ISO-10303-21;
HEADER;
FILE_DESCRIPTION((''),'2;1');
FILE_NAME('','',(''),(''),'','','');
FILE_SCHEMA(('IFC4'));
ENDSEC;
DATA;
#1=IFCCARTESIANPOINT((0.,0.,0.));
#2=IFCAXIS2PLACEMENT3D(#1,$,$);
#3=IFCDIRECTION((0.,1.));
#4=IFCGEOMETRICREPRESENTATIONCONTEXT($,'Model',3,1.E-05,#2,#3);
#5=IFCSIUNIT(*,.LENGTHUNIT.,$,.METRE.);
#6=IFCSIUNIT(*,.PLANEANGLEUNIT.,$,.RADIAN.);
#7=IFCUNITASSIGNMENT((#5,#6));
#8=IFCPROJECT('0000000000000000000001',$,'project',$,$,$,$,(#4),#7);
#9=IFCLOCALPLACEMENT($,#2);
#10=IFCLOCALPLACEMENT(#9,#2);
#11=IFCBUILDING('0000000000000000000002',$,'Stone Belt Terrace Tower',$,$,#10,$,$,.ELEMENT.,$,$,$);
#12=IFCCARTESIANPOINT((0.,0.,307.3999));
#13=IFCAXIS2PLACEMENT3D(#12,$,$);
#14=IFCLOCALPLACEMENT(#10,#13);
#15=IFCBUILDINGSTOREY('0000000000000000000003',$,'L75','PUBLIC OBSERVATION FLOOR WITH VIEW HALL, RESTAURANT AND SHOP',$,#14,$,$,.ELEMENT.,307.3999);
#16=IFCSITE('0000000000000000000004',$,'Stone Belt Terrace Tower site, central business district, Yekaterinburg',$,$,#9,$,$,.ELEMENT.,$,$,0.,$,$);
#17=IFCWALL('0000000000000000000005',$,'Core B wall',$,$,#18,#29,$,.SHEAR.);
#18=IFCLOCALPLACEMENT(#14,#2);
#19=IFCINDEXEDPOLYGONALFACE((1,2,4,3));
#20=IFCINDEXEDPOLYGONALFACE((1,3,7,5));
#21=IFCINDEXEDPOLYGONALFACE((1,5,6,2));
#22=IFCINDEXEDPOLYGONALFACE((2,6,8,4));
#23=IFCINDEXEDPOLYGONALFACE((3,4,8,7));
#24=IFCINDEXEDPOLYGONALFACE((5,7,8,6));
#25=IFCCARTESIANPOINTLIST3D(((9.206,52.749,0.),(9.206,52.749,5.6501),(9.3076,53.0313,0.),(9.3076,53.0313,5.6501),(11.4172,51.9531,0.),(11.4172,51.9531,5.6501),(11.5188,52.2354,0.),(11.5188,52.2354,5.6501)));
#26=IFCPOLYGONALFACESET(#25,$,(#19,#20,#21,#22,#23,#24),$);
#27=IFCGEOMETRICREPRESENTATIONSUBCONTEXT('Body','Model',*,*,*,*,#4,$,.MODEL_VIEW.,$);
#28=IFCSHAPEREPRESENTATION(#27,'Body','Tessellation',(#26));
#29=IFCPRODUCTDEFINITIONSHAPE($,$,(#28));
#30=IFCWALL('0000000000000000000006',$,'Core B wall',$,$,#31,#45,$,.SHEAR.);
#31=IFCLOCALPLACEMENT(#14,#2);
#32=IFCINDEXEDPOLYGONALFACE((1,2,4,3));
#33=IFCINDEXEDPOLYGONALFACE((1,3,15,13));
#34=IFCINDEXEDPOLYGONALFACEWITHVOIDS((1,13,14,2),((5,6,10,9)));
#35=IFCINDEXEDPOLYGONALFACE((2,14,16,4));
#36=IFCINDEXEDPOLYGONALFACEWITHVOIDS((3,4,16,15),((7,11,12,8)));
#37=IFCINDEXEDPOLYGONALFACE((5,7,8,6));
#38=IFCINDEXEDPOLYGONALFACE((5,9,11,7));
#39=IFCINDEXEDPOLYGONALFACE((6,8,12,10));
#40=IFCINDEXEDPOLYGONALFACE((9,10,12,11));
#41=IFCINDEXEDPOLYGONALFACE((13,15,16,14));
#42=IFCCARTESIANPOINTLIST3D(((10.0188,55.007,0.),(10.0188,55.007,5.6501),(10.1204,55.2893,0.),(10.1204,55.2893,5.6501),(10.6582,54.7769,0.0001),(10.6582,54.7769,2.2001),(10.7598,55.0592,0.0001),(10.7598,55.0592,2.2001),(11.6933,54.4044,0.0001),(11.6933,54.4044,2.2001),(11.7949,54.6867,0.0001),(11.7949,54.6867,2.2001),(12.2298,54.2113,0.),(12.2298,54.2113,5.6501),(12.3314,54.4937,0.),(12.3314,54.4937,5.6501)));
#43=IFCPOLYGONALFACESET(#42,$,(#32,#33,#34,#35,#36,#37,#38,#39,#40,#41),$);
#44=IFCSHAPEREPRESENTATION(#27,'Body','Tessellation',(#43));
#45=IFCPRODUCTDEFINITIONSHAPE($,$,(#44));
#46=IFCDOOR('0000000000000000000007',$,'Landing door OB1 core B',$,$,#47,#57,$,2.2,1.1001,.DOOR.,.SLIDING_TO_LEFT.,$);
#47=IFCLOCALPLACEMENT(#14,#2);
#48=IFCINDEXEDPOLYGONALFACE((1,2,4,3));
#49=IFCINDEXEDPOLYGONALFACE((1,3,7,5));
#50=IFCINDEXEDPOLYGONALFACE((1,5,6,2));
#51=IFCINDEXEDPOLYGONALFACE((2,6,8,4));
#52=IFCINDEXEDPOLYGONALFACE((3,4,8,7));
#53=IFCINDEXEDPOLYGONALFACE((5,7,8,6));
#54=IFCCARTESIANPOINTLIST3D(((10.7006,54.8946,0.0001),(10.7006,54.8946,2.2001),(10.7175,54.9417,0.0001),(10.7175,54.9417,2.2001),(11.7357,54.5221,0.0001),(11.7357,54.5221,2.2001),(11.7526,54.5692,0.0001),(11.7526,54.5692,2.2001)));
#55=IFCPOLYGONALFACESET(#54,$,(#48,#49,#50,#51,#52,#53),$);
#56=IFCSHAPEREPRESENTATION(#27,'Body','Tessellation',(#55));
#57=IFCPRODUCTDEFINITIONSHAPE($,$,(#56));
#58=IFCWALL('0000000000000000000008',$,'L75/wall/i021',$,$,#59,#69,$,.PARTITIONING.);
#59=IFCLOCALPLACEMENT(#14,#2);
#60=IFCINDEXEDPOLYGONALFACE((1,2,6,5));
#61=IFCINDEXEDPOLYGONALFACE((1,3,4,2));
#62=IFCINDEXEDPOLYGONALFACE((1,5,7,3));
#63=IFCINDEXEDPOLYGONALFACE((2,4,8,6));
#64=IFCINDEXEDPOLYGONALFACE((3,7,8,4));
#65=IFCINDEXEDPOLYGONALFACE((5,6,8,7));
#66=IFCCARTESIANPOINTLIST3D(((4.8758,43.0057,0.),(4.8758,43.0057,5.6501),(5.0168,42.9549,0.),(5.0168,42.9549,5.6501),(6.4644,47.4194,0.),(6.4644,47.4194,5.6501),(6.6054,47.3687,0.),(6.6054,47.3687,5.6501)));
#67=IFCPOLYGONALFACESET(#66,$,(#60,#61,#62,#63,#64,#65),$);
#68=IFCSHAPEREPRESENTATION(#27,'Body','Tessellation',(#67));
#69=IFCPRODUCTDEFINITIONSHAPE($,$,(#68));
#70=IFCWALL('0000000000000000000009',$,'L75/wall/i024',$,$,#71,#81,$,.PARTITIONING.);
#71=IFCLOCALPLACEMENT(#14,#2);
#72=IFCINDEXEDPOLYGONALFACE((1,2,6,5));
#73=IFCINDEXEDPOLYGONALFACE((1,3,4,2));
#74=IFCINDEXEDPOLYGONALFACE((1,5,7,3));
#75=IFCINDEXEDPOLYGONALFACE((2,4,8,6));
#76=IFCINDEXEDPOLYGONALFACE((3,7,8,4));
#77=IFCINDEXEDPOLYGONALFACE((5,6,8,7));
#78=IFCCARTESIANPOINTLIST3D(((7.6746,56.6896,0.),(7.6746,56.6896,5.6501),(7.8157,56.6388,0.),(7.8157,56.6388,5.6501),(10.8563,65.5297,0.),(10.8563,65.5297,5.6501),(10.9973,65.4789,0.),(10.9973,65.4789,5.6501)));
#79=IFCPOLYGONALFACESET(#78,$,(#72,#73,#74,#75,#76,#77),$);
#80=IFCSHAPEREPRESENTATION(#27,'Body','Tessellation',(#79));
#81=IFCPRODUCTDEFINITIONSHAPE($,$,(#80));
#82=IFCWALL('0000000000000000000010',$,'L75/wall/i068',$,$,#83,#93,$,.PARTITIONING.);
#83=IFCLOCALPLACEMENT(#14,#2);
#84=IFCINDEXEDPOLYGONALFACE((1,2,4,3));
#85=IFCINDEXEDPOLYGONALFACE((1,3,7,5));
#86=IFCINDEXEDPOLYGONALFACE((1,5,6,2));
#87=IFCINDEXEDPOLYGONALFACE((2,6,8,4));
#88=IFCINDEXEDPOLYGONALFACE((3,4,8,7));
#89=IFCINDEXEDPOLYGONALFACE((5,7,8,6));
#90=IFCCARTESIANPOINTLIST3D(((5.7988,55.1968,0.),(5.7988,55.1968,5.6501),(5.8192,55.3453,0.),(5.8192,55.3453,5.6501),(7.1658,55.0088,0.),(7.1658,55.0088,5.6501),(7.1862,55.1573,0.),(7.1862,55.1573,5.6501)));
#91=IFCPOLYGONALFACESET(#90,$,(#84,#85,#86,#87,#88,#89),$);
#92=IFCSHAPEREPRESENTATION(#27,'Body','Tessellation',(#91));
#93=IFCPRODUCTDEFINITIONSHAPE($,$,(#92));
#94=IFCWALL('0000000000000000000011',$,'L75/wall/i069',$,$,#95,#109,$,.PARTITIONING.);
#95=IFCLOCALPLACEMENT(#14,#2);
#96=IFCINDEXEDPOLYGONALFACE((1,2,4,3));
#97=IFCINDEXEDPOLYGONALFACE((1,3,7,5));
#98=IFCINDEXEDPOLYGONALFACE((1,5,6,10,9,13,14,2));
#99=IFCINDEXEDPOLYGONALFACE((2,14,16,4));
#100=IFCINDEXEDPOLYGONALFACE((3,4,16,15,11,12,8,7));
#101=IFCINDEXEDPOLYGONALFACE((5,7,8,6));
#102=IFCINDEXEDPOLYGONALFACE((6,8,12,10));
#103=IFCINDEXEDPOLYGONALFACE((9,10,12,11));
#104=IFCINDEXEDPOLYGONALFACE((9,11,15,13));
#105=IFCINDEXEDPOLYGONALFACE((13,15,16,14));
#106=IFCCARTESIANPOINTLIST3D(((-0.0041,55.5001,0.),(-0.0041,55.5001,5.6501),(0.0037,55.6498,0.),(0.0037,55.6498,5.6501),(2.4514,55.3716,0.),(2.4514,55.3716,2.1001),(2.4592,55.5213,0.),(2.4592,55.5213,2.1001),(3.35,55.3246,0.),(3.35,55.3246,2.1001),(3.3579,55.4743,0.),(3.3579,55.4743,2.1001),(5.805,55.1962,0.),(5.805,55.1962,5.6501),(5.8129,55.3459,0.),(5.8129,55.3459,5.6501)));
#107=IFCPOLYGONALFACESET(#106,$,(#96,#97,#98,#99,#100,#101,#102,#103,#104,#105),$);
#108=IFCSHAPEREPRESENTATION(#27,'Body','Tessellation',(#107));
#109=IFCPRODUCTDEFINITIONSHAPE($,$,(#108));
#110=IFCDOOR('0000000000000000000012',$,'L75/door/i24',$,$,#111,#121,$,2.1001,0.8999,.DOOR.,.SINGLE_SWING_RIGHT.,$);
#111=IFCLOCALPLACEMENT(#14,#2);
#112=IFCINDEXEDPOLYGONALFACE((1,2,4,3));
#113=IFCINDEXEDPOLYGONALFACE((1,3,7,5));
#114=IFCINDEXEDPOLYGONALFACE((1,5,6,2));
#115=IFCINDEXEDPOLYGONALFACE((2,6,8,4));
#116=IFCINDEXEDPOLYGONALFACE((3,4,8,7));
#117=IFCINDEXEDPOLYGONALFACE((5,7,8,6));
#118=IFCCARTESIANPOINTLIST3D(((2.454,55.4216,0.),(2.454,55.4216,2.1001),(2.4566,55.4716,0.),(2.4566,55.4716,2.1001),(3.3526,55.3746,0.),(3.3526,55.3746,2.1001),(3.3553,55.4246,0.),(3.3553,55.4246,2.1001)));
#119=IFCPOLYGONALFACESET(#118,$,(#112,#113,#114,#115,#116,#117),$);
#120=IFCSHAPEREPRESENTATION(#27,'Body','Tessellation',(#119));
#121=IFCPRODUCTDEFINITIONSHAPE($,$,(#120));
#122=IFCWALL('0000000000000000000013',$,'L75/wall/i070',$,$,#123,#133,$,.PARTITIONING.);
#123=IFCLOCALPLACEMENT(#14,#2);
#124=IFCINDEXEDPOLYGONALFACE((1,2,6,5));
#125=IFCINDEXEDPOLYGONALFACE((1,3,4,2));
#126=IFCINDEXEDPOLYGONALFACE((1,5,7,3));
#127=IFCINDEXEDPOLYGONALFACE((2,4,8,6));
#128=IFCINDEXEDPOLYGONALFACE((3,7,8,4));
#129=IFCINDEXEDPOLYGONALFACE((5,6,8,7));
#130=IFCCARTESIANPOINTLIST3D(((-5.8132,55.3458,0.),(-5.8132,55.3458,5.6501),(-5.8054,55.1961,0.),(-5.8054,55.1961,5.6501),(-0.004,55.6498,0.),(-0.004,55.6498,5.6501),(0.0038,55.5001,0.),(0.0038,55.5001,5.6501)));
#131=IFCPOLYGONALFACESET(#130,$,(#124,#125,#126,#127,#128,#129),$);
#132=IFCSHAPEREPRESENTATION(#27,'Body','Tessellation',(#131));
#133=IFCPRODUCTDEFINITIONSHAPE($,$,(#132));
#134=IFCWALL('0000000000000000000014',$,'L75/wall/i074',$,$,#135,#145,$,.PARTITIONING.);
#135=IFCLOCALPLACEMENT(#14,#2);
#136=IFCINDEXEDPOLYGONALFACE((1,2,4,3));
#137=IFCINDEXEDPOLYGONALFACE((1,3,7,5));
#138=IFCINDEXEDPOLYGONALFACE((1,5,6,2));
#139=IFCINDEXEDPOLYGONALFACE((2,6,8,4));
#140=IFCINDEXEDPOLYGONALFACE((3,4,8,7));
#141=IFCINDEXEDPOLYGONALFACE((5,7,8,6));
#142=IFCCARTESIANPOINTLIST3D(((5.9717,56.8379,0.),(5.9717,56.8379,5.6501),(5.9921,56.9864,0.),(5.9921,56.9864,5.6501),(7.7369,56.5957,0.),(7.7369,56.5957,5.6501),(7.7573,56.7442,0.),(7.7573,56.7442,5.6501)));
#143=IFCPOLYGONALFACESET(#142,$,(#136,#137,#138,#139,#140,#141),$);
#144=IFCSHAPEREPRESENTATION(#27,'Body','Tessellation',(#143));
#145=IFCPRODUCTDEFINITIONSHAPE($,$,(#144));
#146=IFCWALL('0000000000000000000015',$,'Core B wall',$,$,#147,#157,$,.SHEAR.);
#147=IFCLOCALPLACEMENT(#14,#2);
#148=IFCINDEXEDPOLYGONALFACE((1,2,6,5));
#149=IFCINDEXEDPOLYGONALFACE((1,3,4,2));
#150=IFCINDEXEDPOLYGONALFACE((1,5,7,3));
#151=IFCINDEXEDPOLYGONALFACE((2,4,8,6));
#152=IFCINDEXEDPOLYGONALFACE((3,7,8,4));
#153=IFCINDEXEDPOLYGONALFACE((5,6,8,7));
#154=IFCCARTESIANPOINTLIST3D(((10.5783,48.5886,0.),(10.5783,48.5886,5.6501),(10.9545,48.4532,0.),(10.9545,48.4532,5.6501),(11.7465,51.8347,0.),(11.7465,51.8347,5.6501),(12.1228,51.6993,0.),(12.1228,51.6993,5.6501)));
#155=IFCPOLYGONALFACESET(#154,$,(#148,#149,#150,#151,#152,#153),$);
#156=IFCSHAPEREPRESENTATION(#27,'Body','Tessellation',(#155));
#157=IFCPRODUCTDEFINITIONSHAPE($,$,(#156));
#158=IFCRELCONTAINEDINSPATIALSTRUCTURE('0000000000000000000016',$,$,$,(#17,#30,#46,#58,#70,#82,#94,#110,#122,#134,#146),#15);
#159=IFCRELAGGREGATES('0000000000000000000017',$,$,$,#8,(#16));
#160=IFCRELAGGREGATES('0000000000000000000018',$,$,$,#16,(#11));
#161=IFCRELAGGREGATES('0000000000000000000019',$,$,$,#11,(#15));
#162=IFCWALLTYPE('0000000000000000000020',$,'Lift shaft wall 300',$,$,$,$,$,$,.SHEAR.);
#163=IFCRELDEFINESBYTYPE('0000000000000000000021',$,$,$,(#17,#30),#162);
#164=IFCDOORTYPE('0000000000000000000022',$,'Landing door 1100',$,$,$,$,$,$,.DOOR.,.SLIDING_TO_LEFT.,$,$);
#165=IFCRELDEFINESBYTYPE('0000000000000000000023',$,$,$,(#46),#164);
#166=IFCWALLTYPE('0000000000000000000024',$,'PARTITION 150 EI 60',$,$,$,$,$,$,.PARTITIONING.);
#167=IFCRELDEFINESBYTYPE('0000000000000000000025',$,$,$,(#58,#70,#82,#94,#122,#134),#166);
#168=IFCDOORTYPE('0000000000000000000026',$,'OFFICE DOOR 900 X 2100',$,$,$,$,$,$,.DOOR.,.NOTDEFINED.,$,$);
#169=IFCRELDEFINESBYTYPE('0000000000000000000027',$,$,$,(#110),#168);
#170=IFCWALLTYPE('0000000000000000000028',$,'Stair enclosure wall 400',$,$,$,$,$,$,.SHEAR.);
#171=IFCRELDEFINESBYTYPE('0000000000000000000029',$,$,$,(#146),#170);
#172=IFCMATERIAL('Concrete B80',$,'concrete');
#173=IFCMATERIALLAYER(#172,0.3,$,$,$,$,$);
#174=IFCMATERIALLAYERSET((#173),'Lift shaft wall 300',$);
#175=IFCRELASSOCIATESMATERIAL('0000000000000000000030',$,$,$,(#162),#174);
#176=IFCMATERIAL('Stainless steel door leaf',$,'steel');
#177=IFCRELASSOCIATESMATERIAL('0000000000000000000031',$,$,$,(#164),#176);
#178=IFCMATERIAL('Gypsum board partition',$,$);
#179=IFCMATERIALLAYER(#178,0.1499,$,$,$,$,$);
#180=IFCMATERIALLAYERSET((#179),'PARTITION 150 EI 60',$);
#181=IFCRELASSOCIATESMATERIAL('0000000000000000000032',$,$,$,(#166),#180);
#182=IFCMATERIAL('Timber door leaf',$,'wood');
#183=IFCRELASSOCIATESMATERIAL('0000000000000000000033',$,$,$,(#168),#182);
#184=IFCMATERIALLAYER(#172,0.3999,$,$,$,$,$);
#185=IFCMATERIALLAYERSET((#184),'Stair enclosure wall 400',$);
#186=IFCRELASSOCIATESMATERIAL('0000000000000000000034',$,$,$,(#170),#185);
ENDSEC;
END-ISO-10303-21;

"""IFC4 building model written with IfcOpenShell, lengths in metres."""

from ifc_helpers import new_model, si_unit, direction, frame, frame_2d, origin, place, context, subcontext, project, spatial, rectangle, extrude, material, layer, layer_set, type_object, element, fill, save


model = new_model("IFC4")

# Units and contexts
model_context = context("Model", 3, precision=1e-05, world=origin(), true_north=direction((0.0, 1.0)))
body_context = subcontext(model_context, "Body", "Model", "MODEL_VIEW")
ifc_project = project(units=[si_unit("LENGTHUNIT", "METRE"), si_unit("PLANEANGLEUNIT", "RADIAN")], contexts=[model_context])

# Site, building, storey
site_placement = place(None, origin())
site = spatial("IfcSite", under=ifc_project, at=site_placement, Name="Stone Belt Terrace Tower site, central business district, Yekaterinburg", CompositionType="ELEMENT", RefElevation=0.0)
building_placement = place(site_placement, origin())
building = spatial("IfcBuilding", under=site, at=building_placement, Name="Stone Belt Terrace Tower", CompositionType="ELEMENT")
storey_placement = place(building_placement, frame((0.0, 0.0, 307.3999)))
storey = spatial("IfcBuildingStorey", under=building, at=storey_placement, Name="L75", Description="PUBLIC OBSERVATION FLOOR WITH VIEW HALL, RESTAURANT AND SHOP", CompositionType="ELEMENT", Elevation=307.3999)

# Shared definitions
ifc_material_1 = material(Name="Timber door leaf", Category="wood")

# Wall
ifc_material_2 = material(Name="Concrete B80", Category="concrete")
ifc_layer_1 = layer(ifc_material_2, 0.3)
ifc_layer_set_1 = layer_set([ifc_layer_1], Name="Lift shaft wall 300")
wall_type_1 = type_object("IfcWallType", Name="Lift shaft wall 300", PredefinedType="SHEAR", material=ifc_layer_set_1)
wall_1_placement = place(storey_placement, frame((11.468, 52.0942, 0.0), z_axis=(0.0, 0.0, 1.0), x_axis=(-0.940905, 0.338672, 0.0)))
element("IfcWall", 1, at=wall_1_placement, inside=storey, type_object=wall_type_1, Name="Core B wall", PredefinedType="SHEAR", context=body_context, shape_type="SweptSolid", body=[
    extrude(rectangle(XDim=2.3501, YDim=0.3, at=frame_2d((1.175, 0.0))), origin(), (0.0, 0.0, 1.0), 5.6501),
])

# Wall, opening, door
wall_2_placement = place(storey_placement, frame((12.2805, 54.3525, 0.0), z_axis=(0.0, 0.0, 1.0), x_axis=(-0.940926, 0.338613, 0.0)))
wall_2 = element("IfcWall", 2, at=wall_2_placement, inside=storey, type_object=wall_type_1, Name="Core B wall", PredefinedType="SHEAR", context=body_context, shape_type="SweptSolid", body=[
    extrude(rectangle(XDim=2.3499, YDim=0.3, at=frame_2d((1.1748, 0.0))), origin(), (0.0, 0.0, 1.0), 5.6501),
])
opening_1_placement = place(wall_2_placement, frame((0.5701, 0.0, 0.0)))
opening_1 = element("IfcOpeningElement", 3, at=opening_1_placement, cuts=wall_2, PredefinedType="OPENING", context=body_context, shape_type="SweptSolid", body=[
    extrude(rectangle(XDim=1.1001, YDim=2.2, at=frame_2d((0.55, 1.1001))), frame((0.0, 0.1599, 0.0), z_axis=(0.0, -1.0, 0.0), x_axis=(1.0, 0.0, 0.0)), (0.0, 0.0, 1.0), 0.3201),
])
ifc_material_3 = material(Name="Stainless steel door leaf", Category="steel")
door_type_1 = type_object("IfcDoorType", Name="Landing door 1100", OperationType="SLIDING_TO_LEFT", PredefinedType="DOOR", material=ifc_material_3)
door_1_placement = place(opening_1_placement, origin())
door_1 = element("IfcDoor", 4, at=door_1_placement, inside=storey, type_object=door_type_1, Name="Landing door OB1 core B", OperationType="SLIDING_TO_LEFT", OverallHeight=2.2, OverallWidth=1.1001, PredefinedType="DOOR", context=body_context, shape_type="SweptSolid", body=[
    extrude(rectangle(XDim=1.1001, YDim=2.2, at=frame_2d((0.55, 1.1001))), frame((0.0, 0.0249, 0.0), z_axis=(0.0, -1.0, 0.0), x_axis=(1.0, 0.0, 0.0)), (0.0, 0.0, 1.0), 0.05),
])
fill(opening_1, door_1)

# Walls
ifc_material_4 = material(Name="Gypsum board partition")
ifc_layer_2 = layer(ifc_material_4, 0.1499)
ifc_layer_set_2 = layer_set([ifc_layer_2], Name="PARTITION 150 EI 60")
wall_type_2 = type_object("IfcWallType", Name="PARTITION 150 EI 60", PredefinedType="PARTITIONING", material=ifc_layer_set_2)
wall_3_placement = place(storey_placement, frame((6.5349, 47.394, 0.0), z_axis=(0.0, 0.0, 1.0), x_axis=(-0.338653, -0.940911, 0.0)))
element("IfcWall", 5, at=wall_3_placement, inside=storey, type_object=wall_type_2, Name="L75/wall/i021", PredefinedType="PARTITIONING", context=body_context, shape_type="SweptSolid", body=[
    extrude(rectangle(XDim=4.6909, YDim=0.1499, at=frame_2d((2.3455, 0.0))), origin(), (0.0, 0.0, 1.0), 5.6501),
])
wall_4_placement = place(storey_placement, frame((7.7451, 56.6641, 0.0), z_axis=(0.0, 0.0, 1.0), x_axis=(0.338645, 0.940914, 0.0)))
element("IfcWall", 6, at=wall_4_placement, inside=storey, type_object=wall_type_2, Name="L75/wall/i024", PredefinedType="PARTITIONING", context=body_context, shape_type="SweptSolid", body=[
    extrude(rectangle(XDim=9.3953, YDim=0.1499, at=frame_2d((4.6978, 0.0))), origin(), (0.0, 0.0, 1.0), 5.6501),
])
wall_5_placement = place(storey_placement, frame((7.176, 55.083, 0.0), z_axis=(0.0, 0.0, 1.0), x_axis=(-0.990676, 0.136242, 0.0)))
element("IfcWall", 7, at=wall_5_placement, inside=storey, type_object=wall_type_2, Name="L75/wall/i068", PredefinedType="PARTITIONING", context=body_context, shape_type="SweptSolid", body=[
    extrude(rectangle(XDim=1.3799, YDim=0.1499, at=frame_2d((0.6899, 0.0))), origin(), (0.0, 0.0, 1.0), 5.6501),
])

# Wall, opening, door
wall_6_placement = place(storey_placement, frame((5.8091, 55.271, 0.0), z_axis=(0.0, 0.0, 1.0), x_axis=(-0.998634, 0.052253, 0.0)))
wall_6 = element("IfcWall", 8, at=wall_6_placement, inside=storey, type_object=wall_type_2, Name="L75/wall/i069", PredefinedType="PARTITIONING", context=body_context, shape_type="SweptSolid", body=[
    extrude(rectangle(XDim=5.8171, YDim=0.1499, at=frame_2d((2.9087, 0.0))), origin(), (0.0, 0.0, 1.0), 5.6501),
])
opening_2_placement = place(wall_6_placement, frame((2.4585, 0.0, 0.0)))
opening_2 = element("IfcOpeningElement", 9, at=opening_2_placement, cuts=wall_6, PredefinedType="OPENING", context=body_context, shape_type="SweptSolid", body=[
    extrude(rectangle(XDim=0.8999, YDim=2.1001, at=frame_2d((0.45, 1.05))), frame((0.0, 0.085, 0.0), z_axis=(0.0, -1.0, 0.0), x_axis=(1.0, 0.0, 0.0)), (0.0, 0.0, 1.0), 0.1699),
])
door_type_2 = type_object("IfcDoorType", Name="OFFICE DOOR 900 X 2100", OperationType="NOTDEFINED", PredefinedType="DOOR", material=ifc_material_1)
door_2_placement = place(opening_2_placement, origin())
door_2 = element("IfcDoor", 10, at=door_2_placement, inside=storey, type_object=door_type_2, Name="L75/door/i24", OperationType="SINGLE_SWING_RIGHT", OverallHeight=2.1001, OverallWidth=0.8999, PredefinedType="DOOR", context=body_context, shape_type="SweptSolid", body=[
    extrude(rectangle(XDim=0.8999, YDim=2.1001, at=frame_2d((0.45, 1.05))), frame((0.0, 0.0249, 0.0), z_axis=(0.0, -1.0, 0.0), x_axis=(1.0, 0.0, 0.0)), (0.0, 0.0, 1.0), 0.05),
])
fill(opening_2, door_2)

# Walls
wall_7_placement = place(storey_placement, frame((0.0, 55.575, 0.0), z_axis=(0.0, 0.0, 1.0), x_axis=(-0.998634, -0.052253, 0.0)))
element("IfcWall", 11, at=wall_7_placement, inside=storey, type_object=wall_type_2, Name="L75/wall/i070", PredefinedType="PARTITIONING", context=body_context, shape_type="SweptSolid", body=[
    extrude(rectangle(XDim=5.8171, YDim=0.1499, at=frame_2d((2.9087, 0.0))), origin(), (0.0, 0.0, 1.0), 5.6501),
])
wall_8_placement = place(storey_placement, frame((5.9819, 56.9121, 0.0), z_axis=(0.0, 0.0, 1.0), x_axis=(0.990718, -0.135933, 0.0)))
element("IfcWall", 12, at=wall_8_placement, inside=storey, type_object=wall_type_2, Name="L75/wall/i074", PredefinedType="PARTITIONING", context=body_context, shape_type="SweptSolid", body=[
    extrude(rectangle(XDim=1.7817, YDim=0.1499, at=frame_2d((0.8909, 0.0))), origin(), (0.0, 0.0, 1.0), 5.6501),
])
ifc_layer_3 = layer(ifc_material_2, 0.3999)
ifc_layer_set_3 = layer_set([ifc_layer_3], Name="Stair enclosure wall 400")
wall_type_3 = type_object("IfcWallType", Name="Stair enclosure wall 400", PredefinedType="SHEAR", material=ifc_layer_set_3)
wall_9_placement = place(storey_placement, frame((10.7664, 48.5208, 0.0), z_axis=(0.0, 0.0, 1.0), x_axis=(0.338622, 0.940923, 0.0)))
element("IfcWall", 13, at=wall_9_placement, inside=storey, type_object=wall_type_3, Name="Core B wall", PredefinedType="SHEAR", context=body_context, shape_type="SweptSolid", body=[
    extrude(rectangle(XDim=3.45, YDim=0.3999, at=frame_2d((1.7251, 0.0))), origin(), (0.0, 0.0, 1.0), 5.6501),
])

save(model, "model.ifc")
